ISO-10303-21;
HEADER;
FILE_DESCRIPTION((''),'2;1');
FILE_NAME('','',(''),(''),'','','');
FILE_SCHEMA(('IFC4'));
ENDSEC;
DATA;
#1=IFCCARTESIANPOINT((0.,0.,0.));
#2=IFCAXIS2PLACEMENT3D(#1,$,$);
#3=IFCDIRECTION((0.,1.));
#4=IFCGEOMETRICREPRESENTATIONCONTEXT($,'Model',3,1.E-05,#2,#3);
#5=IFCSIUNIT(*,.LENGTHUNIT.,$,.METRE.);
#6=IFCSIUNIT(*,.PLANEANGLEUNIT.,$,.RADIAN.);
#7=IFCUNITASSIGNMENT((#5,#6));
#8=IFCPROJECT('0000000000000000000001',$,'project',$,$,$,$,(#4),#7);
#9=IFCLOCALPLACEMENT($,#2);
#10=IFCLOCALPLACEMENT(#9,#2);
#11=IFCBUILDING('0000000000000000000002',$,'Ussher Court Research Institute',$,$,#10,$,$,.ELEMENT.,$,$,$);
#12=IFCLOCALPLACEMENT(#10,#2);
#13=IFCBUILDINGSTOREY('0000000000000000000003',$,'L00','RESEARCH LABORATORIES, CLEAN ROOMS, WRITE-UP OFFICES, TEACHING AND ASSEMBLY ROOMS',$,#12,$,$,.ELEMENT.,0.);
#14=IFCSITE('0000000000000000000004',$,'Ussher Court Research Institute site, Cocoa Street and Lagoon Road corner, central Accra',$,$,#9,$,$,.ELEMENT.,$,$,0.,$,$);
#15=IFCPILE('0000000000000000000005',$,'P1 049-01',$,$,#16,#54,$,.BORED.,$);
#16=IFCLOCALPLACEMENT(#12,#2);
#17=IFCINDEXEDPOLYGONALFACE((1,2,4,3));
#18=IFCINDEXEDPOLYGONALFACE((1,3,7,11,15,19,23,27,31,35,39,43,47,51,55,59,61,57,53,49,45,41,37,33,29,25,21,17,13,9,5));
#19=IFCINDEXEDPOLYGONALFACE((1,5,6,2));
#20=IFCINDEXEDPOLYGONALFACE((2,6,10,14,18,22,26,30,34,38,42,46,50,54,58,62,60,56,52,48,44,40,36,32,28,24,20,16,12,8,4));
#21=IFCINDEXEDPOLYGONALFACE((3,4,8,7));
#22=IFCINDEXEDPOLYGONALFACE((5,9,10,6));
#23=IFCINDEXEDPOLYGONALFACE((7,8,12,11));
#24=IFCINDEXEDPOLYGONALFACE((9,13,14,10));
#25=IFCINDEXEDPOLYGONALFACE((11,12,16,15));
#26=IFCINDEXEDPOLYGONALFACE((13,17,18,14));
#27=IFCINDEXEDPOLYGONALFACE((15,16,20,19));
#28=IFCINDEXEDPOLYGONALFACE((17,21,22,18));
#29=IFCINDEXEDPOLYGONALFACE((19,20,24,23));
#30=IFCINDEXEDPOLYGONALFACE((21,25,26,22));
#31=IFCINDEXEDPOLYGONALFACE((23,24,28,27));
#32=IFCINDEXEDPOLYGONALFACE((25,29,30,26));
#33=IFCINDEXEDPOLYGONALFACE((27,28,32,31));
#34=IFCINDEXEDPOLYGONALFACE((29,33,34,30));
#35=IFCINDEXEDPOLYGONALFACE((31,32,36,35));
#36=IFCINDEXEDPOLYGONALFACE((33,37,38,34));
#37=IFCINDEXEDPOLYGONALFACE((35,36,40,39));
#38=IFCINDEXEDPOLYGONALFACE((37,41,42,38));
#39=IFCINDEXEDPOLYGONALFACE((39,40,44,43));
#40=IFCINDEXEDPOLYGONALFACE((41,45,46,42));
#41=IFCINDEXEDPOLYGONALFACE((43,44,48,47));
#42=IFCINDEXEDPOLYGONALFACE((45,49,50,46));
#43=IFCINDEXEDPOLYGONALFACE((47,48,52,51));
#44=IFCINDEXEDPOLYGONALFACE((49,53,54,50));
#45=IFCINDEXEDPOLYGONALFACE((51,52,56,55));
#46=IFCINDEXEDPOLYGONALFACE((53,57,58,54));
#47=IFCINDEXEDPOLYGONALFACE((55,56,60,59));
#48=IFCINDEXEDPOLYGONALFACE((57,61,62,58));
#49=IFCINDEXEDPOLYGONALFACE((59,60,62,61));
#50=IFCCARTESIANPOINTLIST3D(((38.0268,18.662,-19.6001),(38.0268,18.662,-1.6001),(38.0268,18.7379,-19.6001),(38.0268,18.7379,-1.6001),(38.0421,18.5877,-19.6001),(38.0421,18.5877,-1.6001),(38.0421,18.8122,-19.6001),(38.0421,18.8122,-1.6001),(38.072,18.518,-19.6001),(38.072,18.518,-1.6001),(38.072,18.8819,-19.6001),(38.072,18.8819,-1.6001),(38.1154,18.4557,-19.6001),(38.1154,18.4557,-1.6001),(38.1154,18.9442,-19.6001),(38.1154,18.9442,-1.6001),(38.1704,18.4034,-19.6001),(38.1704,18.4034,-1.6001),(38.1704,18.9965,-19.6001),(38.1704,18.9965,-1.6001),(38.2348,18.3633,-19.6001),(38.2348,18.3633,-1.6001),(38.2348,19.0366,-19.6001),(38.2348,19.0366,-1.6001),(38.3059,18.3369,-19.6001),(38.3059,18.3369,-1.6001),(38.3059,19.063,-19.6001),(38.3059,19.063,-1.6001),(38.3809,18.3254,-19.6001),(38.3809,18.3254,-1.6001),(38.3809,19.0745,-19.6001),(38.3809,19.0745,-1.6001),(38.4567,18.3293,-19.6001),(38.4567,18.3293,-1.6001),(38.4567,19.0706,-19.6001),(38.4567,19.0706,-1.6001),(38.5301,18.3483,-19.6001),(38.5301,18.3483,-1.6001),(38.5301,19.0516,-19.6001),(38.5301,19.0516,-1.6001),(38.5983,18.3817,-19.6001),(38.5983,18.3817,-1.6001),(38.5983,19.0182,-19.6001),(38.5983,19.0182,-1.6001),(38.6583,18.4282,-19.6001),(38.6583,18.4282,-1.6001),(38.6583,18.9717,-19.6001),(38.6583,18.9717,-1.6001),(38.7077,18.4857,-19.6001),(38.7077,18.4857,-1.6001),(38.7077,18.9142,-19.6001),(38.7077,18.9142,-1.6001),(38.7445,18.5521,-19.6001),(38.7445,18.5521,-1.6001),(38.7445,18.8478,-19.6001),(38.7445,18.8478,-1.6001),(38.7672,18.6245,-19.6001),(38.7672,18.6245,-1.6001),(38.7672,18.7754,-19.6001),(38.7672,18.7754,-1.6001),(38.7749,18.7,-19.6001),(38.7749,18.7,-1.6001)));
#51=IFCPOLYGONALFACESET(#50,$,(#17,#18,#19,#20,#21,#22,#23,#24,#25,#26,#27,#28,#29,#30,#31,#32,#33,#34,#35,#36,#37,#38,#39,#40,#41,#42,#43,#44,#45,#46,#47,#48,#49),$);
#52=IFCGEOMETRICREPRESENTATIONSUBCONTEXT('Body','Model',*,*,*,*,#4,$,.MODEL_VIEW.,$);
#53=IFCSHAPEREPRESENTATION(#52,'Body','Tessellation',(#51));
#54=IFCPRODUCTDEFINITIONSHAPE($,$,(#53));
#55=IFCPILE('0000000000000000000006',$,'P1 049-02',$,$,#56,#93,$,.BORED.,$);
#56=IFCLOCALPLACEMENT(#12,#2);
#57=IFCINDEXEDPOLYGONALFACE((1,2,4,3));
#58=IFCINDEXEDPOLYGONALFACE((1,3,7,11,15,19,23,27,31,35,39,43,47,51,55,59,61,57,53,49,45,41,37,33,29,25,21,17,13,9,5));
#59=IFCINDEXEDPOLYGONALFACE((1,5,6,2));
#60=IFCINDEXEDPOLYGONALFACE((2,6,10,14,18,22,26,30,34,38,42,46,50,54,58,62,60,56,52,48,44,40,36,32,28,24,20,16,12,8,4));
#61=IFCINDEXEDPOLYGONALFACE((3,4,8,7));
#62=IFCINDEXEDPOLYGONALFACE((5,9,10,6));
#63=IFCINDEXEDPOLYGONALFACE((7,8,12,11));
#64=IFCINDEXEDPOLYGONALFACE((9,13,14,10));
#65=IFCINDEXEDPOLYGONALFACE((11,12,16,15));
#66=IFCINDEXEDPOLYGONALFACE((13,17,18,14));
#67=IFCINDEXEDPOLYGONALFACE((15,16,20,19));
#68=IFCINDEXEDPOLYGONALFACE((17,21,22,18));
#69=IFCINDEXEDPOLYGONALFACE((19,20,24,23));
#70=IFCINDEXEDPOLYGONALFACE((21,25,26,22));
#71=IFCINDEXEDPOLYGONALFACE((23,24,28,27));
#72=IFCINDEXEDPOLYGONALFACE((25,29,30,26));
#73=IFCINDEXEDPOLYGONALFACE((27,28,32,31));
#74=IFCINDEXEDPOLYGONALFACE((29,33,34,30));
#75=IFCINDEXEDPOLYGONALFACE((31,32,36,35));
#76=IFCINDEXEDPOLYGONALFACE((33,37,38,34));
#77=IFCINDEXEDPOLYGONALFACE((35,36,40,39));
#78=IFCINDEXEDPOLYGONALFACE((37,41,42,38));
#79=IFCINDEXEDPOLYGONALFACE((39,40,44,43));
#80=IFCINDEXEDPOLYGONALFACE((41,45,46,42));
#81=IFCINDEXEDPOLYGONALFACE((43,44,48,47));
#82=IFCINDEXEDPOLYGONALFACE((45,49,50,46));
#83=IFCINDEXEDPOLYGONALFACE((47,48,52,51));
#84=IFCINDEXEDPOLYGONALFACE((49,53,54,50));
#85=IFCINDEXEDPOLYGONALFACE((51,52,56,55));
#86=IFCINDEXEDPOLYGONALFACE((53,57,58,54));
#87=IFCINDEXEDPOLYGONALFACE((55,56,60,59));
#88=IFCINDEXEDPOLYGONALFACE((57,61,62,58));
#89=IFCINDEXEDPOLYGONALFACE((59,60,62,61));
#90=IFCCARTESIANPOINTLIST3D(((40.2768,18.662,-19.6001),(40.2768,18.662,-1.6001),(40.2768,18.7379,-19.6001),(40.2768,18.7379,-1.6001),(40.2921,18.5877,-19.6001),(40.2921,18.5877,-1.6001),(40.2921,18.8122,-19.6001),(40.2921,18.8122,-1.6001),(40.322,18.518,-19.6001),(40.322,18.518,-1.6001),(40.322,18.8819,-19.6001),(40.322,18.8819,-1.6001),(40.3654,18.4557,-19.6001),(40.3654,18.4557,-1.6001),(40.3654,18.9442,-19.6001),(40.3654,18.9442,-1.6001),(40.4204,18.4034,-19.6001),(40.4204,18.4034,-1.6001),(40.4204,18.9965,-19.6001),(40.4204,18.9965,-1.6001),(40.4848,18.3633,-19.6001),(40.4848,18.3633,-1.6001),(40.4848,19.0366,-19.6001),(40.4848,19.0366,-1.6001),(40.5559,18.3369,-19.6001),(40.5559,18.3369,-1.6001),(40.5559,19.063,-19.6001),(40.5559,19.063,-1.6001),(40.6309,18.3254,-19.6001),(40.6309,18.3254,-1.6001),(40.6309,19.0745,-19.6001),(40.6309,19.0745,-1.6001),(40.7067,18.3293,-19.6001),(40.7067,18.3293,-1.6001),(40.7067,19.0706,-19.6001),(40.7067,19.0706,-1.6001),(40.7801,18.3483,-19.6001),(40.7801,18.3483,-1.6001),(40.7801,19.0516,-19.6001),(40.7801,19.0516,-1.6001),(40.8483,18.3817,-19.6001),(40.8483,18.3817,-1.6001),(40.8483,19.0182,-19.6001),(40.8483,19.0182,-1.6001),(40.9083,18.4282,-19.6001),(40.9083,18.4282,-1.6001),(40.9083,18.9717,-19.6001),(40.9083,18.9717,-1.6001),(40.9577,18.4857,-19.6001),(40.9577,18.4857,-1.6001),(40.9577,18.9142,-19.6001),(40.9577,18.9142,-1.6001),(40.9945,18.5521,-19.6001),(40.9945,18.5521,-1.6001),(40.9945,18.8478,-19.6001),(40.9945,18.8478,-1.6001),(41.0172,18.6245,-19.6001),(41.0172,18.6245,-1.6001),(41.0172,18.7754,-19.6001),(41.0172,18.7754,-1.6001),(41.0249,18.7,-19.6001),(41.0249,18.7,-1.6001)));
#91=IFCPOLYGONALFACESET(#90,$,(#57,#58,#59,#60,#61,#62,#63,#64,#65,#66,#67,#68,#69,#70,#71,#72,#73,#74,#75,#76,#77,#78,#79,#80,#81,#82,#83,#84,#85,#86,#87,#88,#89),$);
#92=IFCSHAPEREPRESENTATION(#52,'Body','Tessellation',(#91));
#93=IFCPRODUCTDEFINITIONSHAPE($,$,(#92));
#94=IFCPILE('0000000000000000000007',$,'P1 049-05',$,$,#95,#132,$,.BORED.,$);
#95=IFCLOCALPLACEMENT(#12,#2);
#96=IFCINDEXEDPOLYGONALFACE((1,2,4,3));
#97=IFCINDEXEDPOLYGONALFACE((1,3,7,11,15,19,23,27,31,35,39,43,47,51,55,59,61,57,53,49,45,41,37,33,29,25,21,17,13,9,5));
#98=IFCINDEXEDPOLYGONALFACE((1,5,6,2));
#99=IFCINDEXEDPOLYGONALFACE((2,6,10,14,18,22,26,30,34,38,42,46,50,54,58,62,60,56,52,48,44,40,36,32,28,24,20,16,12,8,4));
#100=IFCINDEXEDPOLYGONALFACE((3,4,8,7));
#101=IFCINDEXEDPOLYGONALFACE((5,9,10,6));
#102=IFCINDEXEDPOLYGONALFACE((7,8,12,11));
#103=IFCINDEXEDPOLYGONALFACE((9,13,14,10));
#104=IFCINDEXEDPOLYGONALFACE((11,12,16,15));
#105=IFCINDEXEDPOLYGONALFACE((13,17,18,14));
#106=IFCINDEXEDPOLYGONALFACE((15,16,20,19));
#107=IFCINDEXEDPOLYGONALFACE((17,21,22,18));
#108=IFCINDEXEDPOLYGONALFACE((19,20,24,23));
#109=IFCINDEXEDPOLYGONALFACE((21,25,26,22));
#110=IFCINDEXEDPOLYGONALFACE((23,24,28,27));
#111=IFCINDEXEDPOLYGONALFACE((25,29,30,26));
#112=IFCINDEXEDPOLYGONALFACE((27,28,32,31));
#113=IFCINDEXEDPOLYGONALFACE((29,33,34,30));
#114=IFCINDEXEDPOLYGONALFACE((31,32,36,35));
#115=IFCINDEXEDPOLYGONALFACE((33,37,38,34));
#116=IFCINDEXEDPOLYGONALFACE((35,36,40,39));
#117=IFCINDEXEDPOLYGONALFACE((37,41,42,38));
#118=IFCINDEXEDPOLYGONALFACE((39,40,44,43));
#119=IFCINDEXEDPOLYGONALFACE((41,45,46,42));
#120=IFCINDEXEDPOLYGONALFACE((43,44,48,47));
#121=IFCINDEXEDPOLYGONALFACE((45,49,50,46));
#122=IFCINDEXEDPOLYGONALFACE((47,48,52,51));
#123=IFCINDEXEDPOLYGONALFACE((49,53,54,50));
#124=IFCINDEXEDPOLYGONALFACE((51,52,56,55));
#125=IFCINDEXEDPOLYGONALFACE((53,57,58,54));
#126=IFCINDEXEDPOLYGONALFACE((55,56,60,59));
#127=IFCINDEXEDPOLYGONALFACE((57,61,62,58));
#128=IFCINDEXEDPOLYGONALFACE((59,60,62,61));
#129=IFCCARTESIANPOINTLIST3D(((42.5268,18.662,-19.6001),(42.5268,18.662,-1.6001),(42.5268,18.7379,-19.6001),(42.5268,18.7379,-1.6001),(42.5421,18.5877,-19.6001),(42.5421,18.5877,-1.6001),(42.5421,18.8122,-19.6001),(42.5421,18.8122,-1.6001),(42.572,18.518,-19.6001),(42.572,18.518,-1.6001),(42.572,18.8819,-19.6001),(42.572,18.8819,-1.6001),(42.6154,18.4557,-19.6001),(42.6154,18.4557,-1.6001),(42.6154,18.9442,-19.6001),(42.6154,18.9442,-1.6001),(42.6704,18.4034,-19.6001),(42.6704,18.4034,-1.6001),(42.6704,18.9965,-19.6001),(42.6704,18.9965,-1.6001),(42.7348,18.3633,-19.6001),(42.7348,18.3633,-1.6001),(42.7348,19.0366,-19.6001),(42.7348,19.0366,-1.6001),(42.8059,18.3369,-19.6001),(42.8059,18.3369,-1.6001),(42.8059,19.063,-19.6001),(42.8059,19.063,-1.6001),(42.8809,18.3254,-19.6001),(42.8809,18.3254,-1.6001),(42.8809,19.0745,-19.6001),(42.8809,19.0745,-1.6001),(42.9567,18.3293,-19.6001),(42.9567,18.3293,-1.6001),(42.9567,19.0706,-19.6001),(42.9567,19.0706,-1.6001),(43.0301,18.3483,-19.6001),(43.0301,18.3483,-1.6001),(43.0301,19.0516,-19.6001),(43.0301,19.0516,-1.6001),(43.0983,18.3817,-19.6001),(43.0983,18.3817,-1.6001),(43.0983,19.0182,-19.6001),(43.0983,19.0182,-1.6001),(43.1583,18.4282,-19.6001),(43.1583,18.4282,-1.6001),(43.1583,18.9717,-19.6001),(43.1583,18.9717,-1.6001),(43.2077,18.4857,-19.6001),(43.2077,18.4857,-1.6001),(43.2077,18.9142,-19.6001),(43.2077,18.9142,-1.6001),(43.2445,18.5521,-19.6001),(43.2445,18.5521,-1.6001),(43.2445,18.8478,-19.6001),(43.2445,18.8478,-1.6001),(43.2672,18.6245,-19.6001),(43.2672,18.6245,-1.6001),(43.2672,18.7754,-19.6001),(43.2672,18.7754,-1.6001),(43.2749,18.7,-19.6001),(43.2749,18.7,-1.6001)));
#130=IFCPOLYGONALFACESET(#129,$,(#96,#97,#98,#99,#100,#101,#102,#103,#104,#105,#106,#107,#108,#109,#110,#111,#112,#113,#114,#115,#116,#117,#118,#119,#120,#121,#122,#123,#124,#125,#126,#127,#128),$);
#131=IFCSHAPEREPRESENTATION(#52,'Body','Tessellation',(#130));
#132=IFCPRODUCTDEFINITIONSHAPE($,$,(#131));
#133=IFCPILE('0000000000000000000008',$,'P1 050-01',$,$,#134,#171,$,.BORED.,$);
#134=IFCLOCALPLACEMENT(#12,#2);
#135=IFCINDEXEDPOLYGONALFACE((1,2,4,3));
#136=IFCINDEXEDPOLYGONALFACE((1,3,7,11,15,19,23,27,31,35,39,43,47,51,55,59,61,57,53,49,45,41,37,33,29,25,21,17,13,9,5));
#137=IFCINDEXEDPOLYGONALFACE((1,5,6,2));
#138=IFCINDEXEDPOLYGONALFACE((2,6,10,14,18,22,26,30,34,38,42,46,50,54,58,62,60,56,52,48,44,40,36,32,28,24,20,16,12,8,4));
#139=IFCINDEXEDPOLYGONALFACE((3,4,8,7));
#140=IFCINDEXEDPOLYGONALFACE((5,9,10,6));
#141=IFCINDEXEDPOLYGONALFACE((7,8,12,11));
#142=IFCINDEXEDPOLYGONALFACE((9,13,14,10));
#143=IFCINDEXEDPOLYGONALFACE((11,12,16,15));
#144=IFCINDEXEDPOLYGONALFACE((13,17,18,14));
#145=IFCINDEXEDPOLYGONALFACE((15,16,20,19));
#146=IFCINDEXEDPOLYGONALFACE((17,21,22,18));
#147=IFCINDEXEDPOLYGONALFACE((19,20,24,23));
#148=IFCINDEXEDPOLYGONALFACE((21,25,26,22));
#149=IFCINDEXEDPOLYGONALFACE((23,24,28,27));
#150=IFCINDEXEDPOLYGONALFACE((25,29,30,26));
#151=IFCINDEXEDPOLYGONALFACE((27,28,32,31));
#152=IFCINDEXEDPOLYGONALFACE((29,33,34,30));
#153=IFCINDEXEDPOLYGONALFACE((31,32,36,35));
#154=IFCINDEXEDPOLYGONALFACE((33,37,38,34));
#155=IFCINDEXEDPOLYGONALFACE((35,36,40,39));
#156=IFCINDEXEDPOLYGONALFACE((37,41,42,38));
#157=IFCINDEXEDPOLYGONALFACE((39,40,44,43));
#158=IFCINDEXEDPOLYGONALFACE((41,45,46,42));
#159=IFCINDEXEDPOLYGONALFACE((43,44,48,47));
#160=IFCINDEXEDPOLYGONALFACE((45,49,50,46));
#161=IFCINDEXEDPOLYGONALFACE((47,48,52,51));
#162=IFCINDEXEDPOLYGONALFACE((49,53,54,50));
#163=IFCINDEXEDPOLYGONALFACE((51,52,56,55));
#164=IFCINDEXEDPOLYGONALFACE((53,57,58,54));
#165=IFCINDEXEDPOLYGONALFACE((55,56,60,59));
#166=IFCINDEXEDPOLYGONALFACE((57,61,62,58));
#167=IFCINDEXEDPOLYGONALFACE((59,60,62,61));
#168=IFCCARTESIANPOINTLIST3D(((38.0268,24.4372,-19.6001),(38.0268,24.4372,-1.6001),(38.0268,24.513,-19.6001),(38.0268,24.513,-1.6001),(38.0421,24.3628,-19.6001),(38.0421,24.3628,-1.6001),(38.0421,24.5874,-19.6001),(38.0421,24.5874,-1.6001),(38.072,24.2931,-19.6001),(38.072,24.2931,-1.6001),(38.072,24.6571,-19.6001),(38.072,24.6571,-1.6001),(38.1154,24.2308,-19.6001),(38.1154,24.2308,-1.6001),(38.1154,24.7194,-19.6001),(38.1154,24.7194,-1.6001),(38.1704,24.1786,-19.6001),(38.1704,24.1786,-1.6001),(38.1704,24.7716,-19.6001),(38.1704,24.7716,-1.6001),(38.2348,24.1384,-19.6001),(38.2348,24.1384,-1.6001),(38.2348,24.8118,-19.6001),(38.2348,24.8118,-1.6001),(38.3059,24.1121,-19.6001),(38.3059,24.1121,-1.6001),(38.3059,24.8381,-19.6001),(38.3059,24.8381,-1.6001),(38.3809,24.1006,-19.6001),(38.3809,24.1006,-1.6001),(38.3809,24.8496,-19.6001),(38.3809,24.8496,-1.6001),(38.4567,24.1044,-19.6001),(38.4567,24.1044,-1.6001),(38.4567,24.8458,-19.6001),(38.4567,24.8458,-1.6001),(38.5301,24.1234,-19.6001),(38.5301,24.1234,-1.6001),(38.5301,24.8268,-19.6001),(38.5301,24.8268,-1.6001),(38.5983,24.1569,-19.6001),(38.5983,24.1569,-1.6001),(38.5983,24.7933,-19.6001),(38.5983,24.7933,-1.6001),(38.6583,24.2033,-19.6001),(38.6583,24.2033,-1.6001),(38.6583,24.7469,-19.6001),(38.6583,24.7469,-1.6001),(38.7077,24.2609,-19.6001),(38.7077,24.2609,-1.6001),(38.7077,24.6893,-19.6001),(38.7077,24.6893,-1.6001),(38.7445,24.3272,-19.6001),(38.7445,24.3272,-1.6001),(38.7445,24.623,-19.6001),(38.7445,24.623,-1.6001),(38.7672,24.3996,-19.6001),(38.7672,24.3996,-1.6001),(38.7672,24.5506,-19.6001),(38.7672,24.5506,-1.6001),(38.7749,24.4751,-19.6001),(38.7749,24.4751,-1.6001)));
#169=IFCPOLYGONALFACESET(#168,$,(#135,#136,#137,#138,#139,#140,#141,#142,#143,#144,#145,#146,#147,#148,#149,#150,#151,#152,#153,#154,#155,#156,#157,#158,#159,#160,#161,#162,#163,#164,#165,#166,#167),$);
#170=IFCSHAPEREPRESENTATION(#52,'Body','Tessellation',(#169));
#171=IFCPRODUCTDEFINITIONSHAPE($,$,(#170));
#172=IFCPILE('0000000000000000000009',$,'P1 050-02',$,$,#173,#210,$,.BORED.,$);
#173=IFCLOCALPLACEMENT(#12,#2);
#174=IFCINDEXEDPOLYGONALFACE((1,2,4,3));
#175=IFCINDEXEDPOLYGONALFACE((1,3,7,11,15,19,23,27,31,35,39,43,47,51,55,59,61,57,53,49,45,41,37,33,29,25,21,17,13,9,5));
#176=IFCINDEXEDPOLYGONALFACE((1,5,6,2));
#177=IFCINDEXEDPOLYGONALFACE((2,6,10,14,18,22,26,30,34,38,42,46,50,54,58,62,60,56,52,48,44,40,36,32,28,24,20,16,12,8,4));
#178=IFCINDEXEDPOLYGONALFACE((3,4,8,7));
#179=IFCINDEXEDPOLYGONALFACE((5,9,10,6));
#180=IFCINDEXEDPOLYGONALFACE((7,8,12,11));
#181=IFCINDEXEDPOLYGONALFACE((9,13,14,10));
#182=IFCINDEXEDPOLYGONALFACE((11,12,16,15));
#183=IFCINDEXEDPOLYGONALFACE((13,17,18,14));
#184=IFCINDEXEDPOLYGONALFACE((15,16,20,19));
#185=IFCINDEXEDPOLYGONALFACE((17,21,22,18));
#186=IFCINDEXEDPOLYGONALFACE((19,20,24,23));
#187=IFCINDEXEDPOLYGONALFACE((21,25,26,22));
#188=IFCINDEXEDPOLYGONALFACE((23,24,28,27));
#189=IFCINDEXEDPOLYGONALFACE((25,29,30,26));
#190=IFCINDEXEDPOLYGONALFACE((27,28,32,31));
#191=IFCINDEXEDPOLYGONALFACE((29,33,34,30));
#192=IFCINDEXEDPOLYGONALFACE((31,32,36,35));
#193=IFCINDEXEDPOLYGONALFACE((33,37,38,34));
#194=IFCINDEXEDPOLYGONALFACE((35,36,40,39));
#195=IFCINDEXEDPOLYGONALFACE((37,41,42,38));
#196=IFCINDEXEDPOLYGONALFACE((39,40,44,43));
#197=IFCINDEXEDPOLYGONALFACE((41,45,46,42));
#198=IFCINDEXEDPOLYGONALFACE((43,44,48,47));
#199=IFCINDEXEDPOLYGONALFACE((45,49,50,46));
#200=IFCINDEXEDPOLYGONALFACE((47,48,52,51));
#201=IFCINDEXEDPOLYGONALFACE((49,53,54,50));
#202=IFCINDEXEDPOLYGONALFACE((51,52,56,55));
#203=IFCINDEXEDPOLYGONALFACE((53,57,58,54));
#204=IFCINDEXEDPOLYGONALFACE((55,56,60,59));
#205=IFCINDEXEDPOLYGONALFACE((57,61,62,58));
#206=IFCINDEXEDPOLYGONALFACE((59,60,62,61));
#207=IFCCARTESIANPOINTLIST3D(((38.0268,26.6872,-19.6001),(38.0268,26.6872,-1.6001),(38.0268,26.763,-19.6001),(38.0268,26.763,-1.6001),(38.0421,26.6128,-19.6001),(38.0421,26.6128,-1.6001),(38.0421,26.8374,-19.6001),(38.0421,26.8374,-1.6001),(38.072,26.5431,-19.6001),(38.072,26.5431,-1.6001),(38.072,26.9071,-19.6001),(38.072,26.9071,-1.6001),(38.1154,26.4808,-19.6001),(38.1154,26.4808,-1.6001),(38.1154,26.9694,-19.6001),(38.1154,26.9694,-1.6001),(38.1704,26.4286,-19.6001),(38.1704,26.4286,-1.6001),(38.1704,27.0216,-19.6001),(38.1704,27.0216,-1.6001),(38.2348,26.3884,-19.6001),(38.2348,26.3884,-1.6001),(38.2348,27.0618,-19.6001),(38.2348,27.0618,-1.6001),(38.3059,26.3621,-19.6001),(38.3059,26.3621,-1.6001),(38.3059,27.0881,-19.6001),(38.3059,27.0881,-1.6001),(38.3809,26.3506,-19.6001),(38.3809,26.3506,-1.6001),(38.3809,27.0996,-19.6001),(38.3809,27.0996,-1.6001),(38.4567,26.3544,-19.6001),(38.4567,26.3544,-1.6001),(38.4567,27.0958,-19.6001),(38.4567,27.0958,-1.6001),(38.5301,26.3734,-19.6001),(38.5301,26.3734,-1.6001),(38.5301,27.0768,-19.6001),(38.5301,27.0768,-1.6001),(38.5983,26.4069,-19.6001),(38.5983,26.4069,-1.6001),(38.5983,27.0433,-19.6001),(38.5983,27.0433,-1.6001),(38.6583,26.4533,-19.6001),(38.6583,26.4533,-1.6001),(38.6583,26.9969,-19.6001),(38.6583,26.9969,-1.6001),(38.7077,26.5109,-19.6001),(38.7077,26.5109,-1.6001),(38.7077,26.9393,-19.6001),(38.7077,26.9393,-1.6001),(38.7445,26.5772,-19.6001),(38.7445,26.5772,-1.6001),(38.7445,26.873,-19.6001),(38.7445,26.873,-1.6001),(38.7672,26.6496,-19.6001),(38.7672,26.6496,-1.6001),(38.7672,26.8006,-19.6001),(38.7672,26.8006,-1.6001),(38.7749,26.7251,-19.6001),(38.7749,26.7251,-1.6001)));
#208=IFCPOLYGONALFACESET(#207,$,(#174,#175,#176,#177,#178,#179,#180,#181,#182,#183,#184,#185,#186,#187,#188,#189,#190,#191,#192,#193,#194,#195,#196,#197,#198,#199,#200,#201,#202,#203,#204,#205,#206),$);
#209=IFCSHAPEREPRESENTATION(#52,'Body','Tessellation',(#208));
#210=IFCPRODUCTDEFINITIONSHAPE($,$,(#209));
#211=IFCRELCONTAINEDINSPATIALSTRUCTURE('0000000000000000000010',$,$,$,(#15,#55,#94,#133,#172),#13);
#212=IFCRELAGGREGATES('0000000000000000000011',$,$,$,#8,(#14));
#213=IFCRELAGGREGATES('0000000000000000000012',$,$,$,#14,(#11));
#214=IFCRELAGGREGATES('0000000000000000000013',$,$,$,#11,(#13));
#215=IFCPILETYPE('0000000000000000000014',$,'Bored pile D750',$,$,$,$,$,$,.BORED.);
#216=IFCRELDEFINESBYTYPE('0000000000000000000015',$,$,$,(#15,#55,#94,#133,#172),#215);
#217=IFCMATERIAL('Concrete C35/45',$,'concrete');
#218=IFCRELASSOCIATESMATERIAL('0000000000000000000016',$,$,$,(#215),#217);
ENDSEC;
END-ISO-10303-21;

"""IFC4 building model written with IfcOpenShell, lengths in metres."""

from ifc_helpers import new_model, si_unit, direction, frame, origin, origin_2d, place, context, subcontext, project, spatial, circle, extrude, material, material_profile, profile_set, type_object, element, save


model = new_model("IFC4")

# Units and contexts
model_context = context("Model", 3, precision=1e-05, world=origin(), true_north=direction((0.0, 1.0)))
body_context = subcontext(model_context, "Body", "Model", "MODEL_VIEW")
ifc_project = project(units=[si_unit("LENGTHUNIT", "METRE"), si_unit("PLANEANGLEUNIT", "RADIAN")], contexts=[model_context])

# Site, building, storey
site_placement = place(None, origin())
site = spatial("IfcSite", under=ifc_project, at=site_placement, Name="Ussher Court Research Institute site, Cocoa Street and Lagoon Road corner, central Accra", CompositionType="ELEMENT", RefElevation=0.0)
building_placement = place(site_placement, origin())
building = spatial("IfcBuilding", under=site, at=building_placement, Name="Ussher Court Research Institute", CompositionType="ELEMENT")
storey_placement = place(building_placement, origin())
storey = spatial("IfcBuildingStorey", under=building, at=storey_placement, Name="L00", Description="RESEARCH LABORATORIES, CLEAN ROOMS, WRITE-UP OFFICES, TEACHING AND ASSEMBLY ROOMS", CompositionType="ELEMENT", Elevation=0.0)

# Piles
ifc_material_1 = material(Name="Concrete C35/45", Category="concrete")
ifc_material_profile_1 = material_profile(ifc_material_1, circle(Radius=0.375, at=origin_2d()), Name="RC D750")
ifc_profile_set_1 = profile_set([ifc_material_profile_1], Name="Concrete C35/45")
pile_type = type_object("IfcPileType", Name="Bored pile D750", PredefinedType="BORED", material=ifc_profile_set_1)
for number, where, z_axis, x_axis, name in (
    (1, (38.3999, 18.7, -1.6001), (0.0, 0.0, -1.0), (1.0, 0.0, 0.0), "P1 049-01"),
    (2, (40.6499, 18.7, -1.6001), (0.0, 0.0, -1.0), (1.0, 0.0, 0.0), "P1 049-02"),
    (3, (42.8999, 18.7, -1.6001), (0.0, 0.0, -1.0), (1.0, 0.0, 0.0), "P1 049-05"),
    (4, (38.3999, 24.4751, -1.6001), (0.0, 0.0, -1.0), (1.0, 0.0, 0.0), "P1 050-01"),
    (5, (38.3999, 26.7251, -1.6001), (0.0, 0.0, -1.0), (1.0, 0.0, 0.0), "P1 050-02"),
):
    element("IfcPile", number, at=place(storey_placement, frame(where, z_axis=z_axis, x_axis=x_axis)), inside=storey, type_object=pile_type, Name=name, PredefinedType="BORED", context=body_context, shape_type="SweptSolid", body=[
        extrude(circle(Radius=0.375, at=origin_2d()), origin(), (0.0, 0.0, 1.0), 18.0),
    ])

save(model, "model.ifc")
